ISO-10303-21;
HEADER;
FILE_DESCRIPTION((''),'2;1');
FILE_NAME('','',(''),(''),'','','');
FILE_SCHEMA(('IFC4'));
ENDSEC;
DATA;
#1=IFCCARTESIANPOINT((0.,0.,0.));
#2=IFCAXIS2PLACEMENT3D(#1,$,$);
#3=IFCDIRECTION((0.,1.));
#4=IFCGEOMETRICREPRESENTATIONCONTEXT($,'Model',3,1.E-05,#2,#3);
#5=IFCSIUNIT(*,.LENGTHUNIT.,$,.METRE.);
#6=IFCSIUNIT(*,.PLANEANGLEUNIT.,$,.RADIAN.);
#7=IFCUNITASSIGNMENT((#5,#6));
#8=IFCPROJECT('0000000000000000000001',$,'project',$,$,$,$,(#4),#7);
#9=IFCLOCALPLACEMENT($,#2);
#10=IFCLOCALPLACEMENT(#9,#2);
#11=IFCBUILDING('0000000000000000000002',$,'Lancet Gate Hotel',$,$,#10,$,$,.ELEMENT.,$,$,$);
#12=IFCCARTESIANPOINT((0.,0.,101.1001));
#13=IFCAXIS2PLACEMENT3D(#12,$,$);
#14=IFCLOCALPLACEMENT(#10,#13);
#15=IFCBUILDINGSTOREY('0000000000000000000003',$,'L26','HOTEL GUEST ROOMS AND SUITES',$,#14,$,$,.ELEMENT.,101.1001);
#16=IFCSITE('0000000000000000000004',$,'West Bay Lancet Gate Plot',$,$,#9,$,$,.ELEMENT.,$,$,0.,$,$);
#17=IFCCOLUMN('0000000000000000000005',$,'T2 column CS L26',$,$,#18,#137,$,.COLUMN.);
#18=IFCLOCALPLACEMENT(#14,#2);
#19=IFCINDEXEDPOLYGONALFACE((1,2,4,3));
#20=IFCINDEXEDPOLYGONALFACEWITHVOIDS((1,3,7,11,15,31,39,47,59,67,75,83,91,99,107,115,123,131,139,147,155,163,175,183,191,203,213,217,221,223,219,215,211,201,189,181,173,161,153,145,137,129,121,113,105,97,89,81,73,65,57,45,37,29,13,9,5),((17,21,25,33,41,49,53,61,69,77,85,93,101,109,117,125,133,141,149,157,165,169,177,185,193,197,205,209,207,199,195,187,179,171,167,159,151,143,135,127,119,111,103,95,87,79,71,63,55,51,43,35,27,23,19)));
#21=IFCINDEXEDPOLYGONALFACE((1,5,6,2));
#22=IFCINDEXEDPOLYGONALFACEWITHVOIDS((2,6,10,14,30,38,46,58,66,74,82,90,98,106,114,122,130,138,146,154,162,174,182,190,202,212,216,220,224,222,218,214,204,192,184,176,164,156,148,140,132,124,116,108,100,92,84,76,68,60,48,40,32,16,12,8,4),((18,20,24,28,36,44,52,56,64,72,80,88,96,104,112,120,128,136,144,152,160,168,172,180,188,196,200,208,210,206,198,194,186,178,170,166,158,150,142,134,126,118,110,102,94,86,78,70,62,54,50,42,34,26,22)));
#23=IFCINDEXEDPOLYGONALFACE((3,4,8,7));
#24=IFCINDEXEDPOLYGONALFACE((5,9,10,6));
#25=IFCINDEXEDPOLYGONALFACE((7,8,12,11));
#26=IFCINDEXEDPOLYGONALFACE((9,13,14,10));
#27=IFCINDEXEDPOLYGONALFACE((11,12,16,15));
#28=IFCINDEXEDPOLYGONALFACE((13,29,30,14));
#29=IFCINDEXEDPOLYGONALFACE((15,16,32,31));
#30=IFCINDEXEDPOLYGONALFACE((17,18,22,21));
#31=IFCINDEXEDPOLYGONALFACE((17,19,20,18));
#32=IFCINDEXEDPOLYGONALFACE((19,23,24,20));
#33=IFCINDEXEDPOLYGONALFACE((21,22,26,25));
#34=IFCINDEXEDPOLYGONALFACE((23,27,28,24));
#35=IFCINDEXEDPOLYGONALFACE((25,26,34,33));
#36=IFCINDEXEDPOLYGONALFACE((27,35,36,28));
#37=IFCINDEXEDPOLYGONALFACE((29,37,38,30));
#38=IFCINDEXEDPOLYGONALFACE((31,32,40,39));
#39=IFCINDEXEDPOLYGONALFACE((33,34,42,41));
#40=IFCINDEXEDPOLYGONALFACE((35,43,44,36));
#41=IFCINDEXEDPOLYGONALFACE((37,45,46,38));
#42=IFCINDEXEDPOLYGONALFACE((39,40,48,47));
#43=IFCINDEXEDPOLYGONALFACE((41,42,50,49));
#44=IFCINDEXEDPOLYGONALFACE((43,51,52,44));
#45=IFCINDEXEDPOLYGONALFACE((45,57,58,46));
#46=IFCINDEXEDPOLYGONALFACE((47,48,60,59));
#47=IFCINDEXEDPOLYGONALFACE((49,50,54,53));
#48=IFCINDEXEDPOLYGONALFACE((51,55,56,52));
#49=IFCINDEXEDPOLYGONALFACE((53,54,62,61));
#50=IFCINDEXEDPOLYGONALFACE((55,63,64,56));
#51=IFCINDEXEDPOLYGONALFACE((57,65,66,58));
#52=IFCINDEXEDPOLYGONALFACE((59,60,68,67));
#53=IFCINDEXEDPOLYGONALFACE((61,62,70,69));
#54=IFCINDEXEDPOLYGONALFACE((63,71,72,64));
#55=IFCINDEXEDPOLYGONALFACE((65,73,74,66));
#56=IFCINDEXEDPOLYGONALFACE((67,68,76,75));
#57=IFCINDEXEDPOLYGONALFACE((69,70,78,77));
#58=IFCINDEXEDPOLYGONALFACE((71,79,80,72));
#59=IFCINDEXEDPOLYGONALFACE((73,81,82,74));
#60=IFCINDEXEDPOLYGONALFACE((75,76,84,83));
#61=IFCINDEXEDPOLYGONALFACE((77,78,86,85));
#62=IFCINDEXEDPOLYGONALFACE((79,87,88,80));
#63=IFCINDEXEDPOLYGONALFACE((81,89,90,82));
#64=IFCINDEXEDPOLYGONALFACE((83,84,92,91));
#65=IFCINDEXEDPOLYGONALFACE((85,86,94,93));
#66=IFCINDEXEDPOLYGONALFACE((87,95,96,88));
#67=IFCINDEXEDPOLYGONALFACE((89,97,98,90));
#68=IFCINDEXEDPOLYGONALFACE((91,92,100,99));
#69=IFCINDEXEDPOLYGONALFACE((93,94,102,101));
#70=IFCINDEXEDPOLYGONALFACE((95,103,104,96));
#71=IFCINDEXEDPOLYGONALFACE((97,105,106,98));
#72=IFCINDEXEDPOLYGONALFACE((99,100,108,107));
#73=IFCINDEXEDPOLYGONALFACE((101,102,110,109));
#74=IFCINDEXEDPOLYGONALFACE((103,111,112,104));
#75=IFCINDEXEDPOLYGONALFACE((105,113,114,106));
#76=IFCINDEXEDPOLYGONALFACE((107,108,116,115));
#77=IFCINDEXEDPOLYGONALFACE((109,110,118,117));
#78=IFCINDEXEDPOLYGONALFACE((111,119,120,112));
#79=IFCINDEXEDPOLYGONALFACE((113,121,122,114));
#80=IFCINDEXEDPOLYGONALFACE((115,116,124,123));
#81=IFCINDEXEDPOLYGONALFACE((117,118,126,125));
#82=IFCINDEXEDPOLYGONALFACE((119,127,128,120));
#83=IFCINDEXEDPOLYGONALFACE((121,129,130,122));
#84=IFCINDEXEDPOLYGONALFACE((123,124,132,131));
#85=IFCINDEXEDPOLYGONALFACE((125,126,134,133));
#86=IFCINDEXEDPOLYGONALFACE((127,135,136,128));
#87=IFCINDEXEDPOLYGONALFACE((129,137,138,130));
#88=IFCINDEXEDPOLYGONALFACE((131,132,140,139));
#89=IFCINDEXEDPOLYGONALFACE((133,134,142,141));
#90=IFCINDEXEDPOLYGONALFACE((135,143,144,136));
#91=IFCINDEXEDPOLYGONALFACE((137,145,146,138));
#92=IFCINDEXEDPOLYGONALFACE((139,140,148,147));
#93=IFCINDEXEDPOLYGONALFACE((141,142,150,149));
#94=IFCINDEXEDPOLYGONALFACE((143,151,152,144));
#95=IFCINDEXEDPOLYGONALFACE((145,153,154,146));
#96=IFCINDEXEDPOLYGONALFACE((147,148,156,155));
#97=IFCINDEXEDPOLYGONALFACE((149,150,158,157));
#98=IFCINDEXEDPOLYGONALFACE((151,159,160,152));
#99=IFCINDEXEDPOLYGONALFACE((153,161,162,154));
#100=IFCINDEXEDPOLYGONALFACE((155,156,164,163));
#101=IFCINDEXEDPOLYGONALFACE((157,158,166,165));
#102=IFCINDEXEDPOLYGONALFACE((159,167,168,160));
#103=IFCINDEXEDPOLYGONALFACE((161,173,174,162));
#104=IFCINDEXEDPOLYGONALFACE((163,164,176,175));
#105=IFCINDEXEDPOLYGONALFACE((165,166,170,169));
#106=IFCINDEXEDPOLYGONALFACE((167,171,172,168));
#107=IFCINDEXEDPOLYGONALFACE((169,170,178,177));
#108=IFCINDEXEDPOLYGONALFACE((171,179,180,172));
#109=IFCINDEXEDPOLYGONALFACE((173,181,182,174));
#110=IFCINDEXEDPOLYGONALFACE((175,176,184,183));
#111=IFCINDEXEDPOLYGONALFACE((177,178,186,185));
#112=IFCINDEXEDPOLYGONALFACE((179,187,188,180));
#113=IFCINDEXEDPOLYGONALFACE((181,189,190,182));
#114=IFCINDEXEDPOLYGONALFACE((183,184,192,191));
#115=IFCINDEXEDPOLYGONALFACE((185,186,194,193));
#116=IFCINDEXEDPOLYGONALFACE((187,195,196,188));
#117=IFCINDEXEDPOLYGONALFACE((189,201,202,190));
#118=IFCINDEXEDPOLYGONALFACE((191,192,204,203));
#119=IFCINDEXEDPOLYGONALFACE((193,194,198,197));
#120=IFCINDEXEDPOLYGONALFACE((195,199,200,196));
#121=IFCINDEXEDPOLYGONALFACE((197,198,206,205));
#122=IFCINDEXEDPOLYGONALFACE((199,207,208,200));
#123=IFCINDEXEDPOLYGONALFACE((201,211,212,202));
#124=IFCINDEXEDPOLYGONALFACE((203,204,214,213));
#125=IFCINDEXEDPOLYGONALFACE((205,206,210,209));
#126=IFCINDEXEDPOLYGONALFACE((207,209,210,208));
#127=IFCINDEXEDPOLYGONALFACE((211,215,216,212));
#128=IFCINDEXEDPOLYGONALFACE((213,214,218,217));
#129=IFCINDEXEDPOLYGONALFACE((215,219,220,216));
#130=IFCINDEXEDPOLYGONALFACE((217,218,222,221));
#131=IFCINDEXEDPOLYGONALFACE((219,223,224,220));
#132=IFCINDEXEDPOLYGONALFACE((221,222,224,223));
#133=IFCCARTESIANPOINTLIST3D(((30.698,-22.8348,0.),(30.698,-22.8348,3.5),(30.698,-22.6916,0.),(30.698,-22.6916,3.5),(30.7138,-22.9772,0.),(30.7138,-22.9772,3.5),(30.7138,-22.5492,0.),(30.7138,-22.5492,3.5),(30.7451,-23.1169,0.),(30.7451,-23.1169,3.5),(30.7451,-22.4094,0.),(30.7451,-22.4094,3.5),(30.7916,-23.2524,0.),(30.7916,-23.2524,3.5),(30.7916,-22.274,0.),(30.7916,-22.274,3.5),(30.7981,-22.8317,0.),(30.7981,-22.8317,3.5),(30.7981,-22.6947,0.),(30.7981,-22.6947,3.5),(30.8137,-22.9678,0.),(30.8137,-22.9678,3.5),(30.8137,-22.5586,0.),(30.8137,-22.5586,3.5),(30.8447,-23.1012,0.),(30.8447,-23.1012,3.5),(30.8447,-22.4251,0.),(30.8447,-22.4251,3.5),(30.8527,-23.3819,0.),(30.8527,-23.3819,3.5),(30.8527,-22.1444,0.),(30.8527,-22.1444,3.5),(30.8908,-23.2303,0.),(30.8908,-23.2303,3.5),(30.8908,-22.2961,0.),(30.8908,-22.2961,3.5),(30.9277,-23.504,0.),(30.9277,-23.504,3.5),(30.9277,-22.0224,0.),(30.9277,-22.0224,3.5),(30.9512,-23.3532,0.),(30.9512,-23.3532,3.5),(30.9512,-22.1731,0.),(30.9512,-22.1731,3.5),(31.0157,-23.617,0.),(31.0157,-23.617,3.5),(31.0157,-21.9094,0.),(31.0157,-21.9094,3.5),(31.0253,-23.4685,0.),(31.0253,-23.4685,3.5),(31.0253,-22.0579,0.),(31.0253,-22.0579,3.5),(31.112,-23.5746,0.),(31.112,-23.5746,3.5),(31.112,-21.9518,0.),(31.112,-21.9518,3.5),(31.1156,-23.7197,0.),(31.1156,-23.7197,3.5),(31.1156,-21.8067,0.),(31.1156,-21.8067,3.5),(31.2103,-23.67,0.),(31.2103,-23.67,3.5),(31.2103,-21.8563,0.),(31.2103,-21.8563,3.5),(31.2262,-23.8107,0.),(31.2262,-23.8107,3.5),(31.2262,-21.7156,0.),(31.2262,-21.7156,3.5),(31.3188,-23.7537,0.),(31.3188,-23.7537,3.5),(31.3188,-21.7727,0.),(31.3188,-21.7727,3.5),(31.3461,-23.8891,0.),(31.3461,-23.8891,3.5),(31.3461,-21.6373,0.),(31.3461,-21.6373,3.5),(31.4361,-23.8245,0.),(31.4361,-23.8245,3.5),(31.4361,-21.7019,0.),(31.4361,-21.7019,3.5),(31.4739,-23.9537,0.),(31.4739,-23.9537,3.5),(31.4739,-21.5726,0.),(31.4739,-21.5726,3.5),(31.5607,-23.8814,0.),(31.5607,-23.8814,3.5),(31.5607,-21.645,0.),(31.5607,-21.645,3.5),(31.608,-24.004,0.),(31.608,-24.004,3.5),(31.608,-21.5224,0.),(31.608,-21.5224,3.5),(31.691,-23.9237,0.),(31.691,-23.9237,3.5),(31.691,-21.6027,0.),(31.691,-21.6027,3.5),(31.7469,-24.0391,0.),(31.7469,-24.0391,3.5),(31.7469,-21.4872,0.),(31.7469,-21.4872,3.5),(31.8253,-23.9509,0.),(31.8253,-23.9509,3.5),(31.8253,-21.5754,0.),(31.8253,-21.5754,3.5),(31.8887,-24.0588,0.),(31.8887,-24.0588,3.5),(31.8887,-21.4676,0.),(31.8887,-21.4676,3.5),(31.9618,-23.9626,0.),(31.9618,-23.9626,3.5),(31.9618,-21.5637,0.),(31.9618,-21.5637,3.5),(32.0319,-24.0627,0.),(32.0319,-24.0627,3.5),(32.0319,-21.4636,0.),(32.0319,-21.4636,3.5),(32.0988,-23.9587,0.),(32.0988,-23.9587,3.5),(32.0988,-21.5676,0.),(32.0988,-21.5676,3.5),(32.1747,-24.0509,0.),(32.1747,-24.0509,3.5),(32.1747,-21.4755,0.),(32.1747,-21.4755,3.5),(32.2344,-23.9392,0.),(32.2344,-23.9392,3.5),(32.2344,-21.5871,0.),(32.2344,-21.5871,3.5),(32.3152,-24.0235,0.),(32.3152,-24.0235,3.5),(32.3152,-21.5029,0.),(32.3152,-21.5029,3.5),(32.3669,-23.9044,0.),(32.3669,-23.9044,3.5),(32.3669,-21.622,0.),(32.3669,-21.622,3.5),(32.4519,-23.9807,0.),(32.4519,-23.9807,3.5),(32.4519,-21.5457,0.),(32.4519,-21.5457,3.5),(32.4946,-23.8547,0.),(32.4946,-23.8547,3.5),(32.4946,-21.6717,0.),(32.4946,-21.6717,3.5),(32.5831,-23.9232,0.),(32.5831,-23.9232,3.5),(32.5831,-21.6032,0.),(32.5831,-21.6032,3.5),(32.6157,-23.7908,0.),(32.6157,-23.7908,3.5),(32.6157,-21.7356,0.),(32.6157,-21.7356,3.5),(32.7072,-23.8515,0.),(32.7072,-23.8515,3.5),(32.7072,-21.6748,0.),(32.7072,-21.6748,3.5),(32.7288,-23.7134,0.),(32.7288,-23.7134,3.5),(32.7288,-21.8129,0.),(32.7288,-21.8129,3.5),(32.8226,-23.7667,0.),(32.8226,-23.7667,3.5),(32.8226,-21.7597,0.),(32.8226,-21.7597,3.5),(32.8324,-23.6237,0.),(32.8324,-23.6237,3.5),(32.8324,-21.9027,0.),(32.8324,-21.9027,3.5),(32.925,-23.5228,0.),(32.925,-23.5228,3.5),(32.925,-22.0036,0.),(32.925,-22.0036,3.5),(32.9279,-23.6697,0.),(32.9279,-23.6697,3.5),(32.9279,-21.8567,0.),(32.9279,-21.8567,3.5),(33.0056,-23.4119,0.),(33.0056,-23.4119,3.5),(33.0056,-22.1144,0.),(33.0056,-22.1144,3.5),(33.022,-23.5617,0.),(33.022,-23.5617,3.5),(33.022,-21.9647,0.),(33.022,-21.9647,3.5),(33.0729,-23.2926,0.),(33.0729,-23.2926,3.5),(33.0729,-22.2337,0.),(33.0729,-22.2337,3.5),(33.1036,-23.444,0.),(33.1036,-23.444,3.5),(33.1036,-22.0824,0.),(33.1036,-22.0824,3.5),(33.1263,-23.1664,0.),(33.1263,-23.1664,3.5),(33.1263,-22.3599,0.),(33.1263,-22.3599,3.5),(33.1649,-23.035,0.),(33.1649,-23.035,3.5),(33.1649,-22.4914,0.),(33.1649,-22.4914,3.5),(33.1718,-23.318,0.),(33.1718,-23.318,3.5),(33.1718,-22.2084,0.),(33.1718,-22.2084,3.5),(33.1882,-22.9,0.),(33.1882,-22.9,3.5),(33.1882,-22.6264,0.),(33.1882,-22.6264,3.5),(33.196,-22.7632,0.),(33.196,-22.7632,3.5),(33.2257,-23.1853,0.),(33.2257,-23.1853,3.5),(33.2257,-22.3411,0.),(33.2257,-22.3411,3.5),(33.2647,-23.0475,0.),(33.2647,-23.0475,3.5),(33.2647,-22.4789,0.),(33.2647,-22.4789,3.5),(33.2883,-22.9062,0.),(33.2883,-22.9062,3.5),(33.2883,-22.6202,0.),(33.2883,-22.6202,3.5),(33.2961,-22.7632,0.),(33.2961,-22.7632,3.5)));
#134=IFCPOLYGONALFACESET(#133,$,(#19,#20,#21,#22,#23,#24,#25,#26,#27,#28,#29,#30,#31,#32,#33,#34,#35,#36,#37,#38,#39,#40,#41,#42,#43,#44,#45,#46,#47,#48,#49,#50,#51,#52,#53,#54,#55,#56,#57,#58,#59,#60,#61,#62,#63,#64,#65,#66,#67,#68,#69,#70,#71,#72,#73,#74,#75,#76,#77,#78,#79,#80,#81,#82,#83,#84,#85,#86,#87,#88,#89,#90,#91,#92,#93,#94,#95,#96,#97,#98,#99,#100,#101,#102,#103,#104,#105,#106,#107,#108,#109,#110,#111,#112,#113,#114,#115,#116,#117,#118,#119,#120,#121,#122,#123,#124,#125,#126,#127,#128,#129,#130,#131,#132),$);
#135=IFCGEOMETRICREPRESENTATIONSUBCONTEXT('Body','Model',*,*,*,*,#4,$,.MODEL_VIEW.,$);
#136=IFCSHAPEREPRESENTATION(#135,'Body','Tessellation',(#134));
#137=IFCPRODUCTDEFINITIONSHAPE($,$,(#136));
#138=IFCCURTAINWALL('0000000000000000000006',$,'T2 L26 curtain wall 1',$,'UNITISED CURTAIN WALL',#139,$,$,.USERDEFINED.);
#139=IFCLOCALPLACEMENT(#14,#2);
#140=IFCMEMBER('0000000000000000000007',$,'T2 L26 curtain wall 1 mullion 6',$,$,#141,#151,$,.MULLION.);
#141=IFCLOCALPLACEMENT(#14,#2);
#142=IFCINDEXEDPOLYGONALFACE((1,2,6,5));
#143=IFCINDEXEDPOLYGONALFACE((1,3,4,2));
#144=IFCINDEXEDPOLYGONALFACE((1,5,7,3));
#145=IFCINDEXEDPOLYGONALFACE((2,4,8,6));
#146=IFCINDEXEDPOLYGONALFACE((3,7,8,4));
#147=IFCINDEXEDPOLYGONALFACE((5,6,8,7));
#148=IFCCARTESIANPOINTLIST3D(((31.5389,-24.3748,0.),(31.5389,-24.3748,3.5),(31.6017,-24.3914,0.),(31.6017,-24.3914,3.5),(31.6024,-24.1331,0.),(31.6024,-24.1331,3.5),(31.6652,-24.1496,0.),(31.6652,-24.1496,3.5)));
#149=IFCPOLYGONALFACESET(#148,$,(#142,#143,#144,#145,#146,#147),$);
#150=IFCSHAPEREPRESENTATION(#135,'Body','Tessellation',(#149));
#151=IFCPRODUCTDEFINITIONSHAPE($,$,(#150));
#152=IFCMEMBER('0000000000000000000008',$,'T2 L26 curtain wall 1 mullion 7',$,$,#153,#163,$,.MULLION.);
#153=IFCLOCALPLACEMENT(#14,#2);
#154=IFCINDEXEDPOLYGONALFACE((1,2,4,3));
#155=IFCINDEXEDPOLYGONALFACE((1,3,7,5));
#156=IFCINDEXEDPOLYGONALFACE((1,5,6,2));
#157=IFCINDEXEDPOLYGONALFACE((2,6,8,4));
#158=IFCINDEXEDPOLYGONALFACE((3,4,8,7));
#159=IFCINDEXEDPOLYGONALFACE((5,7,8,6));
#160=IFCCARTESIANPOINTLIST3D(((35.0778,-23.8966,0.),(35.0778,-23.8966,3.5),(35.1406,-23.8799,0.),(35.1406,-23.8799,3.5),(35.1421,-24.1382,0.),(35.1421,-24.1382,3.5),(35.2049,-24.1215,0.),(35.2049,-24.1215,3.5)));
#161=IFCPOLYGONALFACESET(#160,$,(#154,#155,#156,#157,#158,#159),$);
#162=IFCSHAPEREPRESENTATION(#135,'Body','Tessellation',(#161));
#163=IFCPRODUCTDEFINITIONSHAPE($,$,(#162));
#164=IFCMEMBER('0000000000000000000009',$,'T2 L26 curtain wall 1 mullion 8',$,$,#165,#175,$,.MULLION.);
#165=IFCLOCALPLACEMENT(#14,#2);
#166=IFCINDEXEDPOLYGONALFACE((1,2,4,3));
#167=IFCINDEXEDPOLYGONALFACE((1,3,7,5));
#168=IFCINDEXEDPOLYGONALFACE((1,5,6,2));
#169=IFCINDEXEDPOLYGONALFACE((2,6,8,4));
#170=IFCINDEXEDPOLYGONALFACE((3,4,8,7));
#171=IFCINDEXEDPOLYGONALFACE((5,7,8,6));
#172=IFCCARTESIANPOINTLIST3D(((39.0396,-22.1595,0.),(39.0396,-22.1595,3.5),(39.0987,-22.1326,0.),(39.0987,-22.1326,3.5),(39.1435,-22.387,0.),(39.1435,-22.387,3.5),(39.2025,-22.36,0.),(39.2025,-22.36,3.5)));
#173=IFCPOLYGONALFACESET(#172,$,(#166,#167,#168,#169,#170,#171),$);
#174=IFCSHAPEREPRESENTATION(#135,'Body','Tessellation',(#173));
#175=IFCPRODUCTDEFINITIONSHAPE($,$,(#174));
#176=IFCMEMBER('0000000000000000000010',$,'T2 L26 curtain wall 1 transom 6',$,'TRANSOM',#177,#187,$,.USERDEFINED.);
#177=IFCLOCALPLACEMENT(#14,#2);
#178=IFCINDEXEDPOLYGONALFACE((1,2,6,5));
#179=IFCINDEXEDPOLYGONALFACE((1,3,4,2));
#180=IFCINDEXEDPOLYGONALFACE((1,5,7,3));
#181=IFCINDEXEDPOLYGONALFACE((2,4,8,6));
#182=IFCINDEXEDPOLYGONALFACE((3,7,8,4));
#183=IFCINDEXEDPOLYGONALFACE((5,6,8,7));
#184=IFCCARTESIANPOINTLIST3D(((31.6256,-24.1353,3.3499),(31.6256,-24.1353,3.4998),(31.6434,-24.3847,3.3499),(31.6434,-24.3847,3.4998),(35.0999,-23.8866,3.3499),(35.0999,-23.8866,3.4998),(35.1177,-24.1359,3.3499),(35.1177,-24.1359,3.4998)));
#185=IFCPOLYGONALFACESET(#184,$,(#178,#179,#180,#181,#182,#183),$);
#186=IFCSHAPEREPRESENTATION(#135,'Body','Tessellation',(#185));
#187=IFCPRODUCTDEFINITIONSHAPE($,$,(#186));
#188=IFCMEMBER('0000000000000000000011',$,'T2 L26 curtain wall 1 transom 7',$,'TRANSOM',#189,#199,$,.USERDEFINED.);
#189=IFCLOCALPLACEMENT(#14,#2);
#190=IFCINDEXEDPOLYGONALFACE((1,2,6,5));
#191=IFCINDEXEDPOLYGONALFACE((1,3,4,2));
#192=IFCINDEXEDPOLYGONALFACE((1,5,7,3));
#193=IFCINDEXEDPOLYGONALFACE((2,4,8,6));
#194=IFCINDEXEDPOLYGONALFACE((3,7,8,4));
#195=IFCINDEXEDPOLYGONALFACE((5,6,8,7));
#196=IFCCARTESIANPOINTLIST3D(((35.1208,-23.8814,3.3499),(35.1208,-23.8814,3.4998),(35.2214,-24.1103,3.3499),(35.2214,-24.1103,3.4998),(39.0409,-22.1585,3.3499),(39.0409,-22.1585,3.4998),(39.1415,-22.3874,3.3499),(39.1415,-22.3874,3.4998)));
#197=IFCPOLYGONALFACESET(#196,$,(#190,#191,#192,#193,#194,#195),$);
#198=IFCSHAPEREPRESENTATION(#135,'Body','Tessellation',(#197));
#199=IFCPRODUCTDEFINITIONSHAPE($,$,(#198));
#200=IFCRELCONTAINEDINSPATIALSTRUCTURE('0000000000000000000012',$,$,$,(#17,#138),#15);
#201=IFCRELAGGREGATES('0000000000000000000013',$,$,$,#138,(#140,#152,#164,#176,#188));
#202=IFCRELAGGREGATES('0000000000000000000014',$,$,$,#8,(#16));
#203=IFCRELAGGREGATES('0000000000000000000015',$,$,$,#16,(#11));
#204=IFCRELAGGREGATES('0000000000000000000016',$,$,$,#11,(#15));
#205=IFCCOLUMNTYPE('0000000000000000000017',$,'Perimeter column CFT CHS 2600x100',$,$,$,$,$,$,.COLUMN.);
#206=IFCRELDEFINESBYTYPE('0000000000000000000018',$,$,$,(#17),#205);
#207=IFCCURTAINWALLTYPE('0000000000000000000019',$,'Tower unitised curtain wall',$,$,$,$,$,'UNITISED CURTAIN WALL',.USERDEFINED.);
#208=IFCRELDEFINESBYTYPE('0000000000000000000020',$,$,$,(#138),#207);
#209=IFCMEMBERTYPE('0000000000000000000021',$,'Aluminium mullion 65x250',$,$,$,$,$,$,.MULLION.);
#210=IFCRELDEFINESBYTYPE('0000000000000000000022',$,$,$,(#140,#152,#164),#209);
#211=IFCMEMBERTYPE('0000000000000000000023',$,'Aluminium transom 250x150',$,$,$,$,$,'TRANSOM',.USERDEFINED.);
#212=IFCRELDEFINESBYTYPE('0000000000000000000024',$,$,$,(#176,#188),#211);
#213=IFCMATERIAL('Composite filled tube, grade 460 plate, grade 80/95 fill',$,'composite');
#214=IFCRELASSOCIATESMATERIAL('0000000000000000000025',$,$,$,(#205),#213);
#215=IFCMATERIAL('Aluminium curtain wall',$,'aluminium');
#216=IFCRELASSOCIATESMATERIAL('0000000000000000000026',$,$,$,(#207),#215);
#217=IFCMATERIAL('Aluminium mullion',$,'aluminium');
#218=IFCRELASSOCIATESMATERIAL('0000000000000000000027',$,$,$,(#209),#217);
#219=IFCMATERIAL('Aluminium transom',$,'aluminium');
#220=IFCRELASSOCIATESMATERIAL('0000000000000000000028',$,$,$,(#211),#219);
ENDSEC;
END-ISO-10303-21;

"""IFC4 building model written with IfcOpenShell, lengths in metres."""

from ifc_helpers import new_model, si_unit, direction, frame, origin, origin_2d, place, context, subcontext, project, spatial, rectangle, hollow_circle, extrude, material, material_profile, profile_set, type_object, element, aggregate, save


model = new_model("IFC4")

# Units and contexts
model_context = context("Model", 3, precision=1e-05, world=origin(), true_north=direction((0.0, 1.0)))
body_context = subcontext(model_context, "Body", "Model", "MODEL_VIEW")
ifc_project = project(units=[si_unit("LENGTHUNIT", "METRE"), si_unit("PLANEANGLEUNIT", "RADIAN")], contexts=[model_context])

# Site, building, storey
site_placement = place(None, origin())
site = spatial("IfcSite", under=ifc_project, at=site_placement, Name="West Bay Lancet Gate Plot", CompositionType="ELEMENT", RefElevation=0.0)
building_placement = place(site_placement, origin())
building = spatial("IfcBuilding", under=site, at=building_placement, Name="Lancet Gate Hotel", CompositionType="ELEMENT")
storey_placement = place(building_placement, frame((0.0, 0.0, 101.1001)))
storey = spatial("IfcBuildingStorey", under=building, at=storey_placement, Name="L26", Description="HOTEL GUEST ROOMS AND SUITES", CompositionType="ELEMENT", Elevation=101.1001)

# Column
ifc_material_1 = material(Name="Composite filled tube, grade 460 plate, grade 80/95 fill", Category="composite")
ifc_material_profile_1 = material_profile(ifc_material_1, hollow_circle(Radius=1.3, WallThickness=0.1001, at=origin_2d()), Name="CHS 2600x100")
ifc_profile_set_1 = profile_set([ifc_material_profile_1], Name="Composite filled tube, grade 460 plate, grade 80/95 fill")
column_type = type_object("IfcColumnType", Name="Perimeter column CFT CHS 2600x100", PredefinedType="COLUMN", material=ifc_profile_set_1)
column_placement = place(storey_placement, frame((31.9961, -22.7632, 0.0), z_axis=(0.0, 0.0, 1.0), x_axis=(1.0, 0.0, 0.0)))
element("IfcColumn", 1, at=column_placement, inside=storey, type_object=column_type, Name="T2 column CS L26", PredefinedType="COLUMN", context=body_context, shape_type="SweptSolid", body=[
    extrude(hollow_circle(Radius=1.3, WallThickness=0.1001, at=origin_2d()), origin(), (0.0, 0.0, 1.0), 3.5),
])

# Curtain wall, members
ifc_material_2 = material(Name="Aluminium curtain wall", Category="aluminium")
curtain_wall_type = type_object("IfcCurtainWallType", Name="Tower unitised curtain wall", ElementType="UNITISED CURTAIN WALL", PredefinedType="USERDEFINED", material=ifc_material_2)
curtain_wall_placement = place(storey_placement, origin())
curtain_wall = element("IfcCurtainWall", 2, at=curtain_wall_placement, inside=storey, type_object=curtain_wall_type, Name="T2 L26 curtain wall 1", ObjectType="UNITISED CURTAIN WALL", PredefinedType="USERDEFINED")
ifc_material_3 = material(Name="Aluminium mullion", Category="aluminium")
ifc_material_profile_2 = material_profile(ifc_material_3, rectangle(XDim=0.0649, YDim=0.25, at=origin_2d()), Name="MULLION 65x250")
ifc_profile_set_2 = profile_set([ifc_material_profile_2], Name="Aluminium mullion")
member_type_1 = type_object("IfcMemberType", Name="Aluminium mullion 65x250", PredefinedType="MULLION", material=ifc_profile_set_2)
member_1_placement = place(storey_placement, frame((31.6021, -24.2622, 0.0), z_axis=(0.0, 0.0, 1.0), x_axis=(0.967157, -0.254179, 0.0)))
member_1 = element("IfcMember", 3, at=member_1_placement, type_object=member_type_1, Name="T2 L26 curtain wall 1 mullion 6", PredefinedType="MULLION", context=body_context, shape_type="SweptSolid", body=[
    extrude(rectangle(XDim=0.0649, YDim=0.25, at=origin_2d()), origin(), (0.0, 0.0, 1.0), 3.5),
])
member_2_placement = place(storey_placement, frame((35.1414, -24.009, 0.0), z_axis=(0.0, 0.0, 1.0), x_axis=(0.966317, 0.257353, 0.0)))
member_2 = element("IfcMember", 4, at=member_2_placement, type_object=member_type_1, Name="T2 L26 curtain wall 1 mullion 7", PredefinedType="MULLION", context=body_context, shape_type="SweptSolid", body=[
    extrude(rectangle(XDim=0.0649, YDim=0.25, at=origin_2d()), origin(), (0.0, 0.0, 1.0), 3.5),
])
member_3_placement = place(storey_placement, frame((39.1211, -22.2598, 0.0), z_axis=(0.0, 0.0, 1.0), x_axis=(0.909673, 0.415326, 0.0)))
member_3 = element("IfcMember", 5, at=member_3_placement, type_object=member_type_1, Name="T2 L26 curtain wall 1 mullion 8", PredefinedType="MULLION", context=body_context, shape_type="SweptSolid", body=[
    extrude(rectangle(XDim=0.0649, YDim=0.25, at=origin_2d()), origin(), (0.0, 0.0, 1.0), 3.5),
])
ifc_material_4 = material(Name="Aluminium transom", Category="aluminium")
ifc_material_profile_3 = material_profile(ifc_material_4, rectangle(XDim=0.25, YDim=0.1499, at=origin_2d()), Name="TRANSOM 250x150")
ifc_profile_set_3 = profile_set([ifc_material_profile_3], Name="Aluminium transom")
member_type_2 = type_object("IfcMemberType", Name="Aluminium transom 250x150", ElementType="TRANSOM", PredefinedType="USERDEFINED", material=ifc_profile_set_3)
member_4_placement = place(storey_placement, frame((31.6345, -24.26, 3.4248), z_axis=(0.997446, 0.071421, 0.0), x_axis=(-0.071421, 0.997446, 0.0)))
member_4 = element("IfcMember", 6, at=member_4_placement, type_object=member_type_2, Name="T2 L26 curtain wall 1 transom 6", ObjectType="TRANSOM", PredefinedType="USERDEFINED", context=body_context, shape_type="SweptSolid", body=[
    extrude(rectangle(XDim=0.25, YDim=0.1499, at=origin_2d()), origin(), (0.0, 0.0, 1.0), 3.4832),
])
member_5_placement = place(storey_placement, frame((35.1711, -23.9958, 3.4248), z_axis=(0.915485, 0.402353, 0.0), x_axis=(-0.402353, 0.915485, 0.0)))
member_5 = element("IfcMember", 7, at=member_5_placement, type_object=member_type_2, Name="T2 L26 curtain wall 1 transom 7", ObjectType="TRANSOM", PredefinedType="USERDEFINED", context=body_context, shape_type="SweptSolid", body=[
    extrude(rectangle(XDim=0.25, YDim=0.1499, at=origin_2d()), origin(), (0.0, 0.0, 1.0), 4.282),
])

aggregate(curtain_wall, [member_1, member_2, member_3, member_4, member_5])

save(model, "model.ifc")
